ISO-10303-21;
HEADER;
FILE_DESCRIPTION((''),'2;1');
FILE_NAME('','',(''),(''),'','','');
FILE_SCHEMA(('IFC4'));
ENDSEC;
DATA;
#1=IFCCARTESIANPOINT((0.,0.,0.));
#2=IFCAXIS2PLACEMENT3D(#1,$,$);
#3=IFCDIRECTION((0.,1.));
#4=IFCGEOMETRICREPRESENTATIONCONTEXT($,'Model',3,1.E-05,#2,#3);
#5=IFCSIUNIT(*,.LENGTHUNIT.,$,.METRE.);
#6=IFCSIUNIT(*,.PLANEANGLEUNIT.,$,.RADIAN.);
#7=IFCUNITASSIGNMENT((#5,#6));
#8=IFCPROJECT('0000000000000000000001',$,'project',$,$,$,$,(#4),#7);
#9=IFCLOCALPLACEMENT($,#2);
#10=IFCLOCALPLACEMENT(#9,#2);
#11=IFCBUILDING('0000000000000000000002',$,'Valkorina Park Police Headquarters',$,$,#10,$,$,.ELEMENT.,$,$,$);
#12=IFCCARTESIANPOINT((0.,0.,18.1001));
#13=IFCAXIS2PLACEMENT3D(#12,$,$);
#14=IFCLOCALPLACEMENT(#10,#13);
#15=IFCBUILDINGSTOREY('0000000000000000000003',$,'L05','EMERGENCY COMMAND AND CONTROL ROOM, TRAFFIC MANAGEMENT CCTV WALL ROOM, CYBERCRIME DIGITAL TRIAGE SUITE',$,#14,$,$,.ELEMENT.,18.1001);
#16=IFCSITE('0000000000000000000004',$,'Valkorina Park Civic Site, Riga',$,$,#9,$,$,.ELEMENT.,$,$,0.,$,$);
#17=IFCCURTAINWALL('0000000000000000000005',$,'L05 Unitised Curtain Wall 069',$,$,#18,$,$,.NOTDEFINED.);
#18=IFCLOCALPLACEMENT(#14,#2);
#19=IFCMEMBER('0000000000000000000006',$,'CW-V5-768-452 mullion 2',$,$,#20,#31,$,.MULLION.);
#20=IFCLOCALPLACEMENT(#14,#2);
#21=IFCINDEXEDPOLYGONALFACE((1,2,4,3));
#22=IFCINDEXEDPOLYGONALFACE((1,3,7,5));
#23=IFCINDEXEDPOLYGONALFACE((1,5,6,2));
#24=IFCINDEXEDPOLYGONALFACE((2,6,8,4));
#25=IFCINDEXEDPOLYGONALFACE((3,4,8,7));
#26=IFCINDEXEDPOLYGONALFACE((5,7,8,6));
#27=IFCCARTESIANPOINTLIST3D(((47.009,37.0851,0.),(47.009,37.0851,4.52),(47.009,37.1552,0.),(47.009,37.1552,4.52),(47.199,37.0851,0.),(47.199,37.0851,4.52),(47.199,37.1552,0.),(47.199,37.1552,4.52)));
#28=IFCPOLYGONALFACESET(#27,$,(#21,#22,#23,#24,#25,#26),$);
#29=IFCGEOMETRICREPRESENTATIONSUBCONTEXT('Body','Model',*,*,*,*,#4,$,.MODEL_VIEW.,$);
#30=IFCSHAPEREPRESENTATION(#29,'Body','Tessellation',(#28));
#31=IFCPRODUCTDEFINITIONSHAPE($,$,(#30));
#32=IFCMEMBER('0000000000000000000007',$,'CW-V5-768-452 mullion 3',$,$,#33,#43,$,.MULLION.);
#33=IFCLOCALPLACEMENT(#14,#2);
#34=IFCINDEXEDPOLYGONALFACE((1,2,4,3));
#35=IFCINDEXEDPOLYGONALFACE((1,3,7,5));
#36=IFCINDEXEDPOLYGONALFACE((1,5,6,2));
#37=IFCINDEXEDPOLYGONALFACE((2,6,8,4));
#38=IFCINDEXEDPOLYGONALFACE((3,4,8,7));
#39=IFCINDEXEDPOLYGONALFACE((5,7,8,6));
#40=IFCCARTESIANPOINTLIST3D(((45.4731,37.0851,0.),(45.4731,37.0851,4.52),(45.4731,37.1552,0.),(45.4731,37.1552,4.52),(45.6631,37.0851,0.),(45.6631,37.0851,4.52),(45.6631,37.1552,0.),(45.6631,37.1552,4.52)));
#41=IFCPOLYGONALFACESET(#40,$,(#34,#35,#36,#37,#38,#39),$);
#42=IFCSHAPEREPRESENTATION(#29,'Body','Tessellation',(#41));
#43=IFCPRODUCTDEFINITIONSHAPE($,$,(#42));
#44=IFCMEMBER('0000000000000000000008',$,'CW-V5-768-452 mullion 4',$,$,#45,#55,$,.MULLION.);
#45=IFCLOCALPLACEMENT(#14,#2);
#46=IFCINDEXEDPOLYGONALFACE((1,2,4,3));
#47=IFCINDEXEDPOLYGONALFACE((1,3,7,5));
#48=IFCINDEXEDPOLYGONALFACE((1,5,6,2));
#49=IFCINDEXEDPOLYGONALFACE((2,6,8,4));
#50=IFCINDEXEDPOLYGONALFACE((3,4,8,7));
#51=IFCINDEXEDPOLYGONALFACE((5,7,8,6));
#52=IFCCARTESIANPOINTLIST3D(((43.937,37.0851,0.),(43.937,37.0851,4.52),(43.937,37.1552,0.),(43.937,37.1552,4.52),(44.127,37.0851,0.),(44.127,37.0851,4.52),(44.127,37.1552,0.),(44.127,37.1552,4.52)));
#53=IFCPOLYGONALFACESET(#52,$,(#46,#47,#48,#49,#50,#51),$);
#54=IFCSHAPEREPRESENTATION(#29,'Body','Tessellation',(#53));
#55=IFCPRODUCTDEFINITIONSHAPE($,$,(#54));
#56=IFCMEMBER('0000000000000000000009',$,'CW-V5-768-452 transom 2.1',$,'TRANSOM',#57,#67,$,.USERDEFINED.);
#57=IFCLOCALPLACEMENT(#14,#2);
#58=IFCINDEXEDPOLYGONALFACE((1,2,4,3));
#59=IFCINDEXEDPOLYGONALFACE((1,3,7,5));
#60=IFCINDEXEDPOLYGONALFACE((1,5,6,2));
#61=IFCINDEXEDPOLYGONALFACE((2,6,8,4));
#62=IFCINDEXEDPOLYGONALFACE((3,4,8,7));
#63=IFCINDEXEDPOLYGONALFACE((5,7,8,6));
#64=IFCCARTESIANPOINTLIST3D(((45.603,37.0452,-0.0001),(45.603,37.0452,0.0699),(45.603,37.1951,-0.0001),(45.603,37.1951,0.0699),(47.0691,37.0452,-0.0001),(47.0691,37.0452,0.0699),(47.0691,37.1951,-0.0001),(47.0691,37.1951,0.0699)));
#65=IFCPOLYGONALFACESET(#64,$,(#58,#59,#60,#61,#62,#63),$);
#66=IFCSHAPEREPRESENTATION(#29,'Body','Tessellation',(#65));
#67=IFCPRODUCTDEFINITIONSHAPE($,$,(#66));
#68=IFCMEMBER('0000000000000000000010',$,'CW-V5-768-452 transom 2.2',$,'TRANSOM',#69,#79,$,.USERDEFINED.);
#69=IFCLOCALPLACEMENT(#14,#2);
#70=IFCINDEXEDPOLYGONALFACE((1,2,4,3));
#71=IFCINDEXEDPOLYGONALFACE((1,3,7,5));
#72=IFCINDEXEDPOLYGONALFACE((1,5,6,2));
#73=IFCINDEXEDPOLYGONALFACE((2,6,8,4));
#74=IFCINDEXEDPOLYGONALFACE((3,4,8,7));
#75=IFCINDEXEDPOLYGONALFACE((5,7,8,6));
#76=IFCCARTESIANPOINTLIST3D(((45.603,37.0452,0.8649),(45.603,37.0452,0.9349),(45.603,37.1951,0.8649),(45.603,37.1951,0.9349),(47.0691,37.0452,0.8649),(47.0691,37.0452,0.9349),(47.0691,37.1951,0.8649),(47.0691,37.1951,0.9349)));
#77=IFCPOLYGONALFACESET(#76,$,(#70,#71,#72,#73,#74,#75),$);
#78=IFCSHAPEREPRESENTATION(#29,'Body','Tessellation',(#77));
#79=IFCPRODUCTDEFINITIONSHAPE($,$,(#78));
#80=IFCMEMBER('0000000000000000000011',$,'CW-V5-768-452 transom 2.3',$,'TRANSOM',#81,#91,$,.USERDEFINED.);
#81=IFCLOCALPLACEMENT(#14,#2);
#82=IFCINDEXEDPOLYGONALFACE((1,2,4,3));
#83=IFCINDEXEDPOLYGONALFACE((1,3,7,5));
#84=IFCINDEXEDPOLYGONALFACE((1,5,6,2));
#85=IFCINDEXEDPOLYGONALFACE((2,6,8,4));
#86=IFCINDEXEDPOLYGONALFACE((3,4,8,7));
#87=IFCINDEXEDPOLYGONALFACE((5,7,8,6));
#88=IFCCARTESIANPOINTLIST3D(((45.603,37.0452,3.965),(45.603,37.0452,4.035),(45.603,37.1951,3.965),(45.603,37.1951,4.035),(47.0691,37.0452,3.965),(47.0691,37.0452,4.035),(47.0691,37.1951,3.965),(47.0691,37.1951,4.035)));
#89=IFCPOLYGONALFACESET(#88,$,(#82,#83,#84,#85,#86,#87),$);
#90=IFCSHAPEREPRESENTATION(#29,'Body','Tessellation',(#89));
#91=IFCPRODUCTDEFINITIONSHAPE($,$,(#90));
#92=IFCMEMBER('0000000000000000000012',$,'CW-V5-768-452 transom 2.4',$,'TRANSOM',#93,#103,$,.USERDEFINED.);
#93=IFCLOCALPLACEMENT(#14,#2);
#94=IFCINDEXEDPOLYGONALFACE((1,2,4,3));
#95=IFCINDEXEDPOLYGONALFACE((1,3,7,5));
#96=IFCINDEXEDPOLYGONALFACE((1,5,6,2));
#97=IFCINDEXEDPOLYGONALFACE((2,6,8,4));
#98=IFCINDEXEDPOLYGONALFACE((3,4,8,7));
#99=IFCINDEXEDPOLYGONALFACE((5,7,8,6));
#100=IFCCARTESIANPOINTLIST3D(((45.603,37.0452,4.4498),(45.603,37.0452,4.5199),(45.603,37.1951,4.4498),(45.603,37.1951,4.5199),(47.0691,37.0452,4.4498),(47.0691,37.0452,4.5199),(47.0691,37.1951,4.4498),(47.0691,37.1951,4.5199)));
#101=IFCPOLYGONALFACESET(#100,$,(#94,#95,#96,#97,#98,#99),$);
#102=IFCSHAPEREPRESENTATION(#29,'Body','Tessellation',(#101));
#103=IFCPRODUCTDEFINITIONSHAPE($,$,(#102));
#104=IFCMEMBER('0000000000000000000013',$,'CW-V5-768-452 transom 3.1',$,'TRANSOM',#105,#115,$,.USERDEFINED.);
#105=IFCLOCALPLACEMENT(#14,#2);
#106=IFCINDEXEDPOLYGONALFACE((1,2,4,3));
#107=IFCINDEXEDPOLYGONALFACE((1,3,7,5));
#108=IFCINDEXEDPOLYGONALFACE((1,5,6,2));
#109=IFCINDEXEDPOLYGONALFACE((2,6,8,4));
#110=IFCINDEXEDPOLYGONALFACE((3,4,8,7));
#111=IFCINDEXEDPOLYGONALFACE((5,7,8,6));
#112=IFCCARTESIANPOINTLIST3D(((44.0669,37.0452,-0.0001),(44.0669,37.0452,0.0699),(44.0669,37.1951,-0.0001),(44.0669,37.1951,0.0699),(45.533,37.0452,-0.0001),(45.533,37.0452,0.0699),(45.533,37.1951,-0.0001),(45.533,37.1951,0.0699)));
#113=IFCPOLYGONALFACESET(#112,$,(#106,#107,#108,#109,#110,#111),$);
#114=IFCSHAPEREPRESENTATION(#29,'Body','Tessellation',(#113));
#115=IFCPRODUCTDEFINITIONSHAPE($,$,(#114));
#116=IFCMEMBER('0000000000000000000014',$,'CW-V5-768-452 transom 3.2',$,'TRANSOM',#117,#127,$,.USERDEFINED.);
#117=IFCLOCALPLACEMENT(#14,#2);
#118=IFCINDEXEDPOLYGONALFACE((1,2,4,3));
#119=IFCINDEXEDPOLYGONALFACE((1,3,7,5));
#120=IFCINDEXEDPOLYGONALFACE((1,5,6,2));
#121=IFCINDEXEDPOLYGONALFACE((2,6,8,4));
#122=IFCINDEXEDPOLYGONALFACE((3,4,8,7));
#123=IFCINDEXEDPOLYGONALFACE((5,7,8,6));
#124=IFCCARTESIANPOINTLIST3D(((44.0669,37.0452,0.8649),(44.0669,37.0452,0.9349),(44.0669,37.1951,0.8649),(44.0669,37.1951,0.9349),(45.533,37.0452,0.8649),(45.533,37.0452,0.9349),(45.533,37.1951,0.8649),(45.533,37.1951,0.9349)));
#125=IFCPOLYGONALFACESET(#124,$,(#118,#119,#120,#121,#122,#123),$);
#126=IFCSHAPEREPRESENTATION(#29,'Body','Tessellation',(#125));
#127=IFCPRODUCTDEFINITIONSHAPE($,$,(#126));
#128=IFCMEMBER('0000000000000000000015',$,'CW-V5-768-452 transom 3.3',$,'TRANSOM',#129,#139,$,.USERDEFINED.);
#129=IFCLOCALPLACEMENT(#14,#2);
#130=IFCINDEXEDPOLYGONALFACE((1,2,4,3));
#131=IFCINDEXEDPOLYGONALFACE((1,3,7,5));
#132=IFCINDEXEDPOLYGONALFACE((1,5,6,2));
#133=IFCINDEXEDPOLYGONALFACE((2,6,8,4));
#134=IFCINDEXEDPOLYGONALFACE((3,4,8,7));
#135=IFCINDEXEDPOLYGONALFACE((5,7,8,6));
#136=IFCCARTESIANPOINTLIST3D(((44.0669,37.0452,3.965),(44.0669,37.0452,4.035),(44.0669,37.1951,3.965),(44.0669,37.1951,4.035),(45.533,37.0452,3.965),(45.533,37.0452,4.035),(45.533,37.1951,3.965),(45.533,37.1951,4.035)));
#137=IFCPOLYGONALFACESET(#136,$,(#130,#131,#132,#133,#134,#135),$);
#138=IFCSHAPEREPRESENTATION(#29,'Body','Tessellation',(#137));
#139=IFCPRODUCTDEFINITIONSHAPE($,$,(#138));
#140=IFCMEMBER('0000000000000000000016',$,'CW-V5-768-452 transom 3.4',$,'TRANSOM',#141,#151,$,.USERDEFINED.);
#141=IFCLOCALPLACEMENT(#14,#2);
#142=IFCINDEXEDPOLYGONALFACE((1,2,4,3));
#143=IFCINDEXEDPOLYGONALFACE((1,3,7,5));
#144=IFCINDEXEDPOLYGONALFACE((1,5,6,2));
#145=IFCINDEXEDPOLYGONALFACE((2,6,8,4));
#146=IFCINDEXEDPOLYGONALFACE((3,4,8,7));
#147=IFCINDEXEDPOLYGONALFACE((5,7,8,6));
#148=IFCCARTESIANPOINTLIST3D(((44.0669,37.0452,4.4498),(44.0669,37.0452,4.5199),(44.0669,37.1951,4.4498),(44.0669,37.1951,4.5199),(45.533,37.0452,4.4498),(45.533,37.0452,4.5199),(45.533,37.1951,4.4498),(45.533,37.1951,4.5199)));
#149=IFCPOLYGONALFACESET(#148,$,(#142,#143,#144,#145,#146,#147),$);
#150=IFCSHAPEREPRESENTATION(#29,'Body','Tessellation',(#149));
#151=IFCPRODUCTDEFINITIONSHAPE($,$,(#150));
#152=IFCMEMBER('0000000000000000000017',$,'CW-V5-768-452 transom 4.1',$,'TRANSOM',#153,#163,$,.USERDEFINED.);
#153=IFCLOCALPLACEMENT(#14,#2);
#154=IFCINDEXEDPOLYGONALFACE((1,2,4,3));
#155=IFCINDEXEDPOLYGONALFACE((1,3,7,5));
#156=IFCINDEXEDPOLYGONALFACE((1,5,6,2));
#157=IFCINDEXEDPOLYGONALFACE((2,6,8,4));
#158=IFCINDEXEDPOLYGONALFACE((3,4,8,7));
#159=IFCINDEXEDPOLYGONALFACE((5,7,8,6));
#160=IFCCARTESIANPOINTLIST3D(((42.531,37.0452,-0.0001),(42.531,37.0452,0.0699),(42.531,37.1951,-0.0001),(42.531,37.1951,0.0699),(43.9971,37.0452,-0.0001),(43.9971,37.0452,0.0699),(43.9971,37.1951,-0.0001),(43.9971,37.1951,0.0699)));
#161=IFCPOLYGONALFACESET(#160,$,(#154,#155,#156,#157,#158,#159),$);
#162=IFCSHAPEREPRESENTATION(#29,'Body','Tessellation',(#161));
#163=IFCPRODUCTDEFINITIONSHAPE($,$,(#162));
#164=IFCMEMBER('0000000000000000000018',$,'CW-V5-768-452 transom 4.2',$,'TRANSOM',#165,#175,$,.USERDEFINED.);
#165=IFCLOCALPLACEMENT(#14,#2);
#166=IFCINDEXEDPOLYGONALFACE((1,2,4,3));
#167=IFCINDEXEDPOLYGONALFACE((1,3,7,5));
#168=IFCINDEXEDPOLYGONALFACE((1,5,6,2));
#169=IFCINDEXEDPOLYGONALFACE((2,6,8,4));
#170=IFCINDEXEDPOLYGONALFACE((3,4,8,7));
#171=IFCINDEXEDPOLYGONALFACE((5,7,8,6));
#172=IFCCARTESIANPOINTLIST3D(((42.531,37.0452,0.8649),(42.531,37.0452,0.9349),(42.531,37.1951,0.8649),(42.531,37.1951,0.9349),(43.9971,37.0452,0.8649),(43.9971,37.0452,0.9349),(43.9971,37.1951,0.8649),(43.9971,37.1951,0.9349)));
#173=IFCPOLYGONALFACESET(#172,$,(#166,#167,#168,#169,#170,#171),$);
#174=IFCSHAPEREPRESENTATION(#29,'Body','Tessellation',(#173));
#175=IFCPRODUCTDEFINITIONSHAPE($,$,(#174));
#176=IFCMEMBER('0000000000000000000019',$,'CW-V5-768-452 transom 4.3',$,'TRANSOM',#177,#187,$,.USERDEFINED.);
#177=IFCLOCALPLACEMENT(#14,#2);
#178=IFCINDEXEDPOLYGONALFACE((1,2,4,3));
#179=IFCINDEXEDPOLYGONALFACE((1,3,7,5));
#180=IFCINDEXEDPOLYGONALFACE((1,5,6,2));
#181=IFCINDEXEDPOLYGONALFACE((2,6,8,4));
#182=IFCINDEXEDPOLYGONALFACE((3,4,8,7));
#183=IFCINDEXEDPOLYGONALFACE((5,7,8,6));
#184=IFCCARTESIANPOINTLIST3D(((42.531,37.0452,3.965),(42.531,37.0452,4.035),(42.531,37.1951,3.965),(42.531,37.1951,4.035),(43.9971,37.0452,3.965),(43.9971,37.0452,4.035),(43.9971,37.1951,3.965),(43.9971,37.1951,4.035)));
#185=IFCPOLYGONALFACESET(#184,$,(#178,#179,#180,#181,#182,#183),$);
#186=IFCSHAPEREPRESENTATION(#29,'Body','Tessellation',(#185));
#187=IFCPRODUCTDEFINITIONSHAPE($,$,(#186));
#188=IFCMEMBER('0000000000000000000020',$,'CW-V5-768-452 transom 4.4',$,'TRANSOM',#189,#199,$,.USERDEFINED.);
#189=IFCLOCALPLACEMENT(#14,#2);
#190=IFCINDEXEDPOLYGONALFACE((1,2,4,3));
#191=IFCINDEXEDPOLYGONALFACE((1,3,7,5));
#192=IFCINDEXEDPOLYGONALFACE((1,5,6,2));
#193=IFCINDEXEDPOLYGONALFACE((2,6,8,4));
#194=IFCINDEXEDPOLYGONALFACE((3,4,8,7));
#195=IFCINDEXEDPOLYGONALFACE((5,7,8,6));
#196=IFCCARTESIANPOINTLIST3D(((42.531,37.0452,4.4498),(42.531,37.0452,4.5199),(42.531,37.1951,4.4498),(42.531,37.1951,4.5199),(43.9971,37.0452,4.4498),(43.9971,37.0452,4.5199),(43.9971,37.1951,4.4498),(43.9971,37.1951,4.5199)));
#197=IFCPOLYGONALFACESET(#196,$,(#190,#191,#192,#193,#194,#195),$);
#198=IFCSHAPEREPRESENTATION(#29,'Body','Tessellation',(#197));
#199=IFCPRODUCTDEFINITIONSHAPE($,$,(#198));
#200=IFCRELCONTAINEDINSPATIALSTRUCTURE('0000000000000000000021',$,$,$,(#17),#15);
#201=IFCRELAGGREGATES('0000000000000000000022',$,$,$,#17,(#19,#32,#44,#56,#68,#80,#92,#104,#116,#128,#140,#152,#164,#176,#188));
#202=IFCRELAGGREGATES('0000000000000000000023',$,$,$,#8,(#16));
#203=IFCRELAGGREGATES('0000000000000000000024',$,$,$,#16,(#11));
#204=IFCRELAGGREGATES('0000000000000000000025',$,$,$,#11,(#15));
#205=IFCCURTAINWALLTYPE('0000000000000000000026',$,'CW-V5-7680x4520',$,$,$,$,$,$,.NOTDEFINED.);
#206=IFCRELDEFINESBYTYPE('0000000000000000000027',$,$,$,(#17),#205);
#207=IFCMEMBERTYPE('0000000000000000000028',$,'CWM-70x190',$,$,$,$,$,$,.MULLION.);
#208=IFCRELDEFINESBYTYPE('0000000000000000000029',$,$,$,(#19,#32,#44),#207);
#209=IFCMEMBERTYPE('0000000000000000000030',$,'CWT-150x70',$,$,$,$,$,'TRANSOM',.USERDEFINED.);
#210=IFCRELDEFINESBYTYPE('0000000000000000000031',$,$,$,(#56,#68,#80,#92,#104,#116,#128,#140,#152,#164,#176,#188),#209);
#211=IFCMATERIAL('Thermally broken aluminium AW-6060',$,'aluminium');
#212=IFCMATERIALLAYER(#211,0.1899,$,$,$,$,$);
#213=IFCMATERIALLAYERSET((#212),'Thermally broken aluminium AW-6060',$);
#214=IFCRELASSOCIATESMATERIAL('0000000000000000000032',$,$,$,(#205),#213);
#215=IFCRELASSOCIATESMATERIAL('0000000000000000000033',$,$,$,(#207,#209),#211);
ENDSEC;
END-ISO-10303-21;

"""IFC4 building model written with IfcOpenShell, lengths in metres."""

from ifc_helpers import new_model, si_unit, direction, frame, origin, origin_2d, place, context, subcontext, project, spatial, rectangle, extrude, material, layer, layer_set, material_profile, profile_set, type_object, element, aggregate, save


model = new_model("IFC4")

# Units and contexts
model_context = context("Model", 3, precision=1e-05, world=origin(), true_north=direction((0.0, 1.0)))
body_context = subcontext(model_context, "Body", "Model", "MODEL_VIEW")
ifc_project = project(units=[si_unit("LENGTHUNIT", "METRE"), si_unit("PLANEANGLEUNIT", "RADIAN")], contexts=[model_context])

# Site, building, storey
site_placement = place(None, origin())
site = spatial("IfcSite", under=ifc_project, at=site_placement, Name="Valkorina Park Civic Site, Riga", CompositionType="ELEMENT", RefElevation=0.0)
building_placement = place(site_placement, origin())
building = spatial("IfcBuilding", under=site, at=building_placement, Name="Valkorina Park Police Headquarters", CompositionType="ELEMENT")
storey_placement = place(building_placement, frame((0.0, 0.0, 18.1001)))
storey = spatial("IfcBuildingStorey", under=building, at=storey_placement, Name="L05", Description="EMERGENCY COMMAND AND CONTROL ROOM, TRAFFIC MANAGEMENT CCTV WALL ROOM, CYBERCRIME DIGITAL TRIAGE SUITE", CompositionType="ELEMENT", Elevation=18.1001)

# Curtain wall, members
ifc_material_1 = material(Name="Thermally broken aluminium AW-6060", Category="aluminium")
ifc_layer_1 = layer(ifc_material_1, 0.1899)
ifc_layer_set_1 = layer_set([ifc_layer_1], Name="Thermally broken aluminium AW-6060")
curtain_wall_type = type_object("IfcCurtainWallType", Name="CW-V5-7680x4520", PredefinedType="NOTDEFINED", material=ifc_layer_set_1)
curtain_wall_placement = place(storey_placement, origin())
curtain_wall = element("IfcCurtainWall", 1, at=curtain_wall_placement, inside=storey, type_object=curtain_wall_type, Name="L05 Unitised Curtain Wall 069", PredefinedType="NOTDEFINED")
ifc_material_profile_1 = material_profile(ifc_material_1, rectangle(XDim=0.0701, YDim=0.1899, at=origin_2d()), Name="CWM-02 70x190")
ifc_profile_set_1 = profile_set([ifc_material_profile_1], Name="Thermally broken aluminium AW-6060")
member_type_1 = type_object("IfcMemberType", Name="CWM-70x190", PredefinedType="MULLION", material=ifc_profile_set_1)
member_1_placement = place(storey_placement, frame((47.104, 37.1201, 0.0), z_axis=(0.0, 0.0, 1.0), x_axis=(0.0, -1.0, 0.0)))
member_1 = element("IfcMember", 2, at=member_1_placement, type_object=member_type_1, Name="CW-V5-768-452 mullion 2", PredefinedType="MULLION", context=body_context, shape_type="SweptSolid", body=[
    extrude(rectangle(XDim=0.0701, YDim=0.1899, at=origin_2d()), origin(), (0.0, 0.0, 1.0), 4.52),
])
member_2_placement = place(storey_placement, frame((45.5681, 37.1201, 0.0), z_axis=(0.0, 0.0, 1.0), x_axis=(0.0, -1.0, 0.0)))
member_2 = element("IfcMember", 3, at=member_2_placement, type_object=member_type_1, Name="CW-V5-768-452 mullion 3", PredefinedType="MULLION", context=body_context, shape_type="SweptSolid", body=[
    extrude(rectangle(XDim=0.0701, YDim=0.1899, at=origin_2d()), origin(), (0.0, 0.0, 1.0), 4.52),
])
member_3_placement = place(storey_placement, frame((44.032, 37.1201, 0.0), z_axis=(0.0, 0.0, 1.0), x_axis=(0.0, -1.0, 0.0)))
member_3 = element("IfcMember", 4, at=member_3_placement, type_object=member_type_1, Name="CW-V5-768-452 mullion 4", PredefinedType="MULLION", context=body_context, shape_type="SweptSolid", body=[
    extrude(rectangle(XDim=0.0701, YDim=0.1899, at=origin_2d()), origin(), (0.0, 0.0, 1.0), 4.52),
])
ifc_material_profile_2 = material_profile(ifc_material_1, rectangle(XDim=0.1499, YDim=0.0701, at=origin_2d()), Name="CWT-02 150x70")
ifc_profile_set_2 = profile_set([ifc_material_profile_2], Name="Thermally broken aluminium AW-6060")
member_type_2 = type_object("IfcMemberType", Name="CWT-150x70", ElementType="TRANSOM", PredefinedType="USERDEFINED", material=ifc_profile_set_2)
member_4_placement = place(storey_placement, frame((47.0691, 37.1201, 0.0349), z_axis=(-1.0, 0.0, 0.0), x_axis=(0.0, -1.0, 0.0)))
member_4 = element("IfcMember", 5, at=member_4_placement, type_object=member_type_2, Name="CW-V5-768-452 transom 2.1", ObjectType="TRANSOM", PredefinedType="USERDEFINED", context=body_context, shape_type="SweptSolid", body=[
    extrude(rectangle(XDim=0.1499, YDim=0.0701, at=origin_2d()), origin(), (0.0, 0.0, 1.0), 1.4661),
])
member_5_placement = place(storey_placement, frame((47.0691, 37.1201, 0.8999), z_axis=(-1.0, 0.0, 0.0), x_axis=(0.0, -1.0, 0.0)))
member_5 = element("IfcMember", 6, at=member_5_placement, type_object=member_type_2, Name="CW-V5-768-452 transom 2.2", ObjectType="TRANSOM", PredefinedType="USERDEFINED", context=body_context, shape_type="SweptSolid", body=[
    extrude(rectangle(XDim=0.1499, YDim=0.0701, at=origin_2d()), origin(), (0.0, 0.0, 1.0), 1.4661),
])
member_6_placement = place(storey_placement, frame((47.0691, 37.1201, 4.0), z_axis=(-1.0, 0.0, 0.0), x_axis=(0.0, -1.0, 0.0)))
member_6 = element("IfcMember", 7, at=member_6_placement, type_object=member_type_2, Name="CW-V5-768-452 transom 2.3", ObjectType="TRANSOM", PredefinedType="USERDEFINED", context=body_context, shape_type="SweptSolid", body=[
    extrude(rectangle(XDim=0.1499, YDim=0.0701, at=origin_2d()), origin(), (0.0, 0.0, 1.0), 1.4661),
])
member_7_placement = place(storey_placement, frame((47.0691, 37.1201, 4.4849), z_axis=(-1.0, 0.0, 0.0), x_axis=(0.0, -1.0, 0.0)))
member_7 = element("IfcMember", 8, at=member_7_placement, type_object=member_type_2, Name="CW-V5-768-452 transom 2.4", ObjectType="TRANSOM", PredefinedType="USERDEFINED", context=body_context, shape_type="SweptSolid", body=[
    extrude(rectangle(XDim=0.1499, YDim=0.0701, at=origin_2d()), origin(), (0.0, 0.0, 1.0), 1.4661),
])
member_8_placement = place(storey_placement, frame((45.533, 37.1201, 0.0349), z_axis=(-1.0, 0.0, 0.0), x_axis=(0.0, -1.0, 0.0)))
member_8 = element("IfcMember", 9, at=member_8_placement, type_object=member_type_2, Name="CW-V5-768-452 transom 3.1", ObjectType="TRANSOM", PredefinedType="USERDEFINED", context=body_context, shape_type="SweptSolid", body=[
    extrude(rectangle(XDim=0.1499, YDim=0.0701, at=origin_2d()), origin(), (0.0, 0.0, 1.0), 1.4661),
])
member_9_placement = place(storey_placement, frame((45.533, 37.1201, 0.8999), z_axis=(-1.0, 0.0, 0.0), x_axis=(0.0, -1.0, 0.0)))
member_9 = element("IfcMember", 10, at=member_9_placement, type_object=member_type_2, Name="CW-V5-768-452 transom 3.2", ObjectType="TRANSOM", PredefinedType="USERDEFINED", context=body_context, shape_type="SweptSolid", body=[
    extrude(rectangle(XDim=0.1499, YDim=0.0701, at=origin_2d()), origin(), (0.0, 0.0, 1.0), 1.4661),
])
member_10_placement = place(storey_placement, frame((45.533, 37.1201, 4.0), z_axis=(-1.0, 0.0, 0.0), x_axis=(0.0, -1.0, 0.0)))
member_10 = element("IfcMember", 11, at=member_10_placement, type_object=member_type_2, Name="CW-V5-768-452 transom 3.3", ObjectType="TRANSOM", PredefinedType="USERDEFINED", context=body_context, shape_type="SweptSolid", body=[
    extrude(rectangle(XDim=0.1499, YDim=0.0701, at=origin_2d()), origin(), (0.0, 0.0, 1.0), 1.4661),
])
member_11_placement = place(storey_placement, frame((45.533, 37.1201, 4.4849), z_axis=(-1.0, 0.0, 0.0), x_axis=(0.0, -1.0, 0.0)))
member_11 = element("IfcMember", 12, at=member_11_placement, type_object=member_type_2, Name="CW-V5-768-452 transom 3.4", ObjectType="TRANSOM", PredefinedType="USERDEFINED", context=body_context, shape_type="SweptSolid", body=[
    extrude(rectangle(XDim=0.1499, YDim=0.0701, at=origin_2d()), origin(), (0.0, 0.0, 1.0), 1.4661),
])
member_12_placement = place(storey_placement, frame((43.9971, 37.1201, 0.0349), z_axis=(-1.0, 0.0, 0.0), x_axis=(0.0, -1.0, 0.0)))
member_12 = element("IfcMember", 13, at=member_12_placement, type_object=member_type_2, Name="CW-V5-768-452 transom 4.1", ObjectType="TRANSOM", PredefinedType="USERDEFINED", context=body_context, shape_type="SweptSolid", body=[
    extrude(rectangle(XDim=0.1499, YDim=0.0701, at=origin_2d()), origin(), (0.0, 0.0, 1.0), 1.4661),
])
member_13_placement = place(storey_placement, frame((43.9971, 37.1201, 0.8999), z_axis=(-1.0, 0.0, 0.0), x_axis=(0.0, -1.0, 0.0)))
member_13 = element("IfcMember", 14, at=member_13_placement, type_object=member_type_2, Name="CW-V5-768-452 transom 4.2", ObjectType="TRANSOM", PredefinedType="USERDEFINED", context=body_context, shape_type="SweptSolid", body=[
    extrude(rectangle(XDim=0.1499, YDim=0.0701, at=origin_2d()), origin(), (0.0, 0.0, 1.0), 1.4661),
])
member_14_placement = place(storey_placement, frame((43.9971, 37.1201, 4.0), z_axis=(-1.0, 0.0, 0.0), x_axis=(0.0, -1.0, 0.0)))
member_14 = element("IfcMember", 15, at=member_14_placement, type_object=member_type_2, Name="CW-V5-768-452 transom 4.3", ObjectType="TRANSOM", PredefinedType="USERDEFINED", context=body_context, shape_type="SweptSolid", body=[
    extrude(rectangle(XDim=0.1499, YDim=0.0701, at=origin_2d()), origin(), (0.0, 0.0, 1.0), 1.4661),
])
member_15_placement = place(storey_placement, frame((43.9971, 37.1201, 4.4849), z_axis=(-1.0, 0.0, 0.0), x_axis=(0.0, -1.0, 0.0)))
member_15 = element("IfcMember", 16, at=member_15_placement, type_object=member_type_2, Name="CW-V5-768-452 transom 4.4", ObjectType="TRANSOM", PredefinedType="USERDEFINED", context=body_context, shape_type="SweptSolid", body=[
    extrude(rectangle(XDim=0.1499, YDim=0.0701, at=origin_2d()), origin(), (0.0, 0.0, 1.0), 1.4661),
])
aggregate(curtain_wall, [member_1, member_2, member_3, member_4, member_5, member_6, member_7, member_8, member_9, member_10, member_11, member_12, member_13, member_14, member_15])

save(model, "model.ifc")
